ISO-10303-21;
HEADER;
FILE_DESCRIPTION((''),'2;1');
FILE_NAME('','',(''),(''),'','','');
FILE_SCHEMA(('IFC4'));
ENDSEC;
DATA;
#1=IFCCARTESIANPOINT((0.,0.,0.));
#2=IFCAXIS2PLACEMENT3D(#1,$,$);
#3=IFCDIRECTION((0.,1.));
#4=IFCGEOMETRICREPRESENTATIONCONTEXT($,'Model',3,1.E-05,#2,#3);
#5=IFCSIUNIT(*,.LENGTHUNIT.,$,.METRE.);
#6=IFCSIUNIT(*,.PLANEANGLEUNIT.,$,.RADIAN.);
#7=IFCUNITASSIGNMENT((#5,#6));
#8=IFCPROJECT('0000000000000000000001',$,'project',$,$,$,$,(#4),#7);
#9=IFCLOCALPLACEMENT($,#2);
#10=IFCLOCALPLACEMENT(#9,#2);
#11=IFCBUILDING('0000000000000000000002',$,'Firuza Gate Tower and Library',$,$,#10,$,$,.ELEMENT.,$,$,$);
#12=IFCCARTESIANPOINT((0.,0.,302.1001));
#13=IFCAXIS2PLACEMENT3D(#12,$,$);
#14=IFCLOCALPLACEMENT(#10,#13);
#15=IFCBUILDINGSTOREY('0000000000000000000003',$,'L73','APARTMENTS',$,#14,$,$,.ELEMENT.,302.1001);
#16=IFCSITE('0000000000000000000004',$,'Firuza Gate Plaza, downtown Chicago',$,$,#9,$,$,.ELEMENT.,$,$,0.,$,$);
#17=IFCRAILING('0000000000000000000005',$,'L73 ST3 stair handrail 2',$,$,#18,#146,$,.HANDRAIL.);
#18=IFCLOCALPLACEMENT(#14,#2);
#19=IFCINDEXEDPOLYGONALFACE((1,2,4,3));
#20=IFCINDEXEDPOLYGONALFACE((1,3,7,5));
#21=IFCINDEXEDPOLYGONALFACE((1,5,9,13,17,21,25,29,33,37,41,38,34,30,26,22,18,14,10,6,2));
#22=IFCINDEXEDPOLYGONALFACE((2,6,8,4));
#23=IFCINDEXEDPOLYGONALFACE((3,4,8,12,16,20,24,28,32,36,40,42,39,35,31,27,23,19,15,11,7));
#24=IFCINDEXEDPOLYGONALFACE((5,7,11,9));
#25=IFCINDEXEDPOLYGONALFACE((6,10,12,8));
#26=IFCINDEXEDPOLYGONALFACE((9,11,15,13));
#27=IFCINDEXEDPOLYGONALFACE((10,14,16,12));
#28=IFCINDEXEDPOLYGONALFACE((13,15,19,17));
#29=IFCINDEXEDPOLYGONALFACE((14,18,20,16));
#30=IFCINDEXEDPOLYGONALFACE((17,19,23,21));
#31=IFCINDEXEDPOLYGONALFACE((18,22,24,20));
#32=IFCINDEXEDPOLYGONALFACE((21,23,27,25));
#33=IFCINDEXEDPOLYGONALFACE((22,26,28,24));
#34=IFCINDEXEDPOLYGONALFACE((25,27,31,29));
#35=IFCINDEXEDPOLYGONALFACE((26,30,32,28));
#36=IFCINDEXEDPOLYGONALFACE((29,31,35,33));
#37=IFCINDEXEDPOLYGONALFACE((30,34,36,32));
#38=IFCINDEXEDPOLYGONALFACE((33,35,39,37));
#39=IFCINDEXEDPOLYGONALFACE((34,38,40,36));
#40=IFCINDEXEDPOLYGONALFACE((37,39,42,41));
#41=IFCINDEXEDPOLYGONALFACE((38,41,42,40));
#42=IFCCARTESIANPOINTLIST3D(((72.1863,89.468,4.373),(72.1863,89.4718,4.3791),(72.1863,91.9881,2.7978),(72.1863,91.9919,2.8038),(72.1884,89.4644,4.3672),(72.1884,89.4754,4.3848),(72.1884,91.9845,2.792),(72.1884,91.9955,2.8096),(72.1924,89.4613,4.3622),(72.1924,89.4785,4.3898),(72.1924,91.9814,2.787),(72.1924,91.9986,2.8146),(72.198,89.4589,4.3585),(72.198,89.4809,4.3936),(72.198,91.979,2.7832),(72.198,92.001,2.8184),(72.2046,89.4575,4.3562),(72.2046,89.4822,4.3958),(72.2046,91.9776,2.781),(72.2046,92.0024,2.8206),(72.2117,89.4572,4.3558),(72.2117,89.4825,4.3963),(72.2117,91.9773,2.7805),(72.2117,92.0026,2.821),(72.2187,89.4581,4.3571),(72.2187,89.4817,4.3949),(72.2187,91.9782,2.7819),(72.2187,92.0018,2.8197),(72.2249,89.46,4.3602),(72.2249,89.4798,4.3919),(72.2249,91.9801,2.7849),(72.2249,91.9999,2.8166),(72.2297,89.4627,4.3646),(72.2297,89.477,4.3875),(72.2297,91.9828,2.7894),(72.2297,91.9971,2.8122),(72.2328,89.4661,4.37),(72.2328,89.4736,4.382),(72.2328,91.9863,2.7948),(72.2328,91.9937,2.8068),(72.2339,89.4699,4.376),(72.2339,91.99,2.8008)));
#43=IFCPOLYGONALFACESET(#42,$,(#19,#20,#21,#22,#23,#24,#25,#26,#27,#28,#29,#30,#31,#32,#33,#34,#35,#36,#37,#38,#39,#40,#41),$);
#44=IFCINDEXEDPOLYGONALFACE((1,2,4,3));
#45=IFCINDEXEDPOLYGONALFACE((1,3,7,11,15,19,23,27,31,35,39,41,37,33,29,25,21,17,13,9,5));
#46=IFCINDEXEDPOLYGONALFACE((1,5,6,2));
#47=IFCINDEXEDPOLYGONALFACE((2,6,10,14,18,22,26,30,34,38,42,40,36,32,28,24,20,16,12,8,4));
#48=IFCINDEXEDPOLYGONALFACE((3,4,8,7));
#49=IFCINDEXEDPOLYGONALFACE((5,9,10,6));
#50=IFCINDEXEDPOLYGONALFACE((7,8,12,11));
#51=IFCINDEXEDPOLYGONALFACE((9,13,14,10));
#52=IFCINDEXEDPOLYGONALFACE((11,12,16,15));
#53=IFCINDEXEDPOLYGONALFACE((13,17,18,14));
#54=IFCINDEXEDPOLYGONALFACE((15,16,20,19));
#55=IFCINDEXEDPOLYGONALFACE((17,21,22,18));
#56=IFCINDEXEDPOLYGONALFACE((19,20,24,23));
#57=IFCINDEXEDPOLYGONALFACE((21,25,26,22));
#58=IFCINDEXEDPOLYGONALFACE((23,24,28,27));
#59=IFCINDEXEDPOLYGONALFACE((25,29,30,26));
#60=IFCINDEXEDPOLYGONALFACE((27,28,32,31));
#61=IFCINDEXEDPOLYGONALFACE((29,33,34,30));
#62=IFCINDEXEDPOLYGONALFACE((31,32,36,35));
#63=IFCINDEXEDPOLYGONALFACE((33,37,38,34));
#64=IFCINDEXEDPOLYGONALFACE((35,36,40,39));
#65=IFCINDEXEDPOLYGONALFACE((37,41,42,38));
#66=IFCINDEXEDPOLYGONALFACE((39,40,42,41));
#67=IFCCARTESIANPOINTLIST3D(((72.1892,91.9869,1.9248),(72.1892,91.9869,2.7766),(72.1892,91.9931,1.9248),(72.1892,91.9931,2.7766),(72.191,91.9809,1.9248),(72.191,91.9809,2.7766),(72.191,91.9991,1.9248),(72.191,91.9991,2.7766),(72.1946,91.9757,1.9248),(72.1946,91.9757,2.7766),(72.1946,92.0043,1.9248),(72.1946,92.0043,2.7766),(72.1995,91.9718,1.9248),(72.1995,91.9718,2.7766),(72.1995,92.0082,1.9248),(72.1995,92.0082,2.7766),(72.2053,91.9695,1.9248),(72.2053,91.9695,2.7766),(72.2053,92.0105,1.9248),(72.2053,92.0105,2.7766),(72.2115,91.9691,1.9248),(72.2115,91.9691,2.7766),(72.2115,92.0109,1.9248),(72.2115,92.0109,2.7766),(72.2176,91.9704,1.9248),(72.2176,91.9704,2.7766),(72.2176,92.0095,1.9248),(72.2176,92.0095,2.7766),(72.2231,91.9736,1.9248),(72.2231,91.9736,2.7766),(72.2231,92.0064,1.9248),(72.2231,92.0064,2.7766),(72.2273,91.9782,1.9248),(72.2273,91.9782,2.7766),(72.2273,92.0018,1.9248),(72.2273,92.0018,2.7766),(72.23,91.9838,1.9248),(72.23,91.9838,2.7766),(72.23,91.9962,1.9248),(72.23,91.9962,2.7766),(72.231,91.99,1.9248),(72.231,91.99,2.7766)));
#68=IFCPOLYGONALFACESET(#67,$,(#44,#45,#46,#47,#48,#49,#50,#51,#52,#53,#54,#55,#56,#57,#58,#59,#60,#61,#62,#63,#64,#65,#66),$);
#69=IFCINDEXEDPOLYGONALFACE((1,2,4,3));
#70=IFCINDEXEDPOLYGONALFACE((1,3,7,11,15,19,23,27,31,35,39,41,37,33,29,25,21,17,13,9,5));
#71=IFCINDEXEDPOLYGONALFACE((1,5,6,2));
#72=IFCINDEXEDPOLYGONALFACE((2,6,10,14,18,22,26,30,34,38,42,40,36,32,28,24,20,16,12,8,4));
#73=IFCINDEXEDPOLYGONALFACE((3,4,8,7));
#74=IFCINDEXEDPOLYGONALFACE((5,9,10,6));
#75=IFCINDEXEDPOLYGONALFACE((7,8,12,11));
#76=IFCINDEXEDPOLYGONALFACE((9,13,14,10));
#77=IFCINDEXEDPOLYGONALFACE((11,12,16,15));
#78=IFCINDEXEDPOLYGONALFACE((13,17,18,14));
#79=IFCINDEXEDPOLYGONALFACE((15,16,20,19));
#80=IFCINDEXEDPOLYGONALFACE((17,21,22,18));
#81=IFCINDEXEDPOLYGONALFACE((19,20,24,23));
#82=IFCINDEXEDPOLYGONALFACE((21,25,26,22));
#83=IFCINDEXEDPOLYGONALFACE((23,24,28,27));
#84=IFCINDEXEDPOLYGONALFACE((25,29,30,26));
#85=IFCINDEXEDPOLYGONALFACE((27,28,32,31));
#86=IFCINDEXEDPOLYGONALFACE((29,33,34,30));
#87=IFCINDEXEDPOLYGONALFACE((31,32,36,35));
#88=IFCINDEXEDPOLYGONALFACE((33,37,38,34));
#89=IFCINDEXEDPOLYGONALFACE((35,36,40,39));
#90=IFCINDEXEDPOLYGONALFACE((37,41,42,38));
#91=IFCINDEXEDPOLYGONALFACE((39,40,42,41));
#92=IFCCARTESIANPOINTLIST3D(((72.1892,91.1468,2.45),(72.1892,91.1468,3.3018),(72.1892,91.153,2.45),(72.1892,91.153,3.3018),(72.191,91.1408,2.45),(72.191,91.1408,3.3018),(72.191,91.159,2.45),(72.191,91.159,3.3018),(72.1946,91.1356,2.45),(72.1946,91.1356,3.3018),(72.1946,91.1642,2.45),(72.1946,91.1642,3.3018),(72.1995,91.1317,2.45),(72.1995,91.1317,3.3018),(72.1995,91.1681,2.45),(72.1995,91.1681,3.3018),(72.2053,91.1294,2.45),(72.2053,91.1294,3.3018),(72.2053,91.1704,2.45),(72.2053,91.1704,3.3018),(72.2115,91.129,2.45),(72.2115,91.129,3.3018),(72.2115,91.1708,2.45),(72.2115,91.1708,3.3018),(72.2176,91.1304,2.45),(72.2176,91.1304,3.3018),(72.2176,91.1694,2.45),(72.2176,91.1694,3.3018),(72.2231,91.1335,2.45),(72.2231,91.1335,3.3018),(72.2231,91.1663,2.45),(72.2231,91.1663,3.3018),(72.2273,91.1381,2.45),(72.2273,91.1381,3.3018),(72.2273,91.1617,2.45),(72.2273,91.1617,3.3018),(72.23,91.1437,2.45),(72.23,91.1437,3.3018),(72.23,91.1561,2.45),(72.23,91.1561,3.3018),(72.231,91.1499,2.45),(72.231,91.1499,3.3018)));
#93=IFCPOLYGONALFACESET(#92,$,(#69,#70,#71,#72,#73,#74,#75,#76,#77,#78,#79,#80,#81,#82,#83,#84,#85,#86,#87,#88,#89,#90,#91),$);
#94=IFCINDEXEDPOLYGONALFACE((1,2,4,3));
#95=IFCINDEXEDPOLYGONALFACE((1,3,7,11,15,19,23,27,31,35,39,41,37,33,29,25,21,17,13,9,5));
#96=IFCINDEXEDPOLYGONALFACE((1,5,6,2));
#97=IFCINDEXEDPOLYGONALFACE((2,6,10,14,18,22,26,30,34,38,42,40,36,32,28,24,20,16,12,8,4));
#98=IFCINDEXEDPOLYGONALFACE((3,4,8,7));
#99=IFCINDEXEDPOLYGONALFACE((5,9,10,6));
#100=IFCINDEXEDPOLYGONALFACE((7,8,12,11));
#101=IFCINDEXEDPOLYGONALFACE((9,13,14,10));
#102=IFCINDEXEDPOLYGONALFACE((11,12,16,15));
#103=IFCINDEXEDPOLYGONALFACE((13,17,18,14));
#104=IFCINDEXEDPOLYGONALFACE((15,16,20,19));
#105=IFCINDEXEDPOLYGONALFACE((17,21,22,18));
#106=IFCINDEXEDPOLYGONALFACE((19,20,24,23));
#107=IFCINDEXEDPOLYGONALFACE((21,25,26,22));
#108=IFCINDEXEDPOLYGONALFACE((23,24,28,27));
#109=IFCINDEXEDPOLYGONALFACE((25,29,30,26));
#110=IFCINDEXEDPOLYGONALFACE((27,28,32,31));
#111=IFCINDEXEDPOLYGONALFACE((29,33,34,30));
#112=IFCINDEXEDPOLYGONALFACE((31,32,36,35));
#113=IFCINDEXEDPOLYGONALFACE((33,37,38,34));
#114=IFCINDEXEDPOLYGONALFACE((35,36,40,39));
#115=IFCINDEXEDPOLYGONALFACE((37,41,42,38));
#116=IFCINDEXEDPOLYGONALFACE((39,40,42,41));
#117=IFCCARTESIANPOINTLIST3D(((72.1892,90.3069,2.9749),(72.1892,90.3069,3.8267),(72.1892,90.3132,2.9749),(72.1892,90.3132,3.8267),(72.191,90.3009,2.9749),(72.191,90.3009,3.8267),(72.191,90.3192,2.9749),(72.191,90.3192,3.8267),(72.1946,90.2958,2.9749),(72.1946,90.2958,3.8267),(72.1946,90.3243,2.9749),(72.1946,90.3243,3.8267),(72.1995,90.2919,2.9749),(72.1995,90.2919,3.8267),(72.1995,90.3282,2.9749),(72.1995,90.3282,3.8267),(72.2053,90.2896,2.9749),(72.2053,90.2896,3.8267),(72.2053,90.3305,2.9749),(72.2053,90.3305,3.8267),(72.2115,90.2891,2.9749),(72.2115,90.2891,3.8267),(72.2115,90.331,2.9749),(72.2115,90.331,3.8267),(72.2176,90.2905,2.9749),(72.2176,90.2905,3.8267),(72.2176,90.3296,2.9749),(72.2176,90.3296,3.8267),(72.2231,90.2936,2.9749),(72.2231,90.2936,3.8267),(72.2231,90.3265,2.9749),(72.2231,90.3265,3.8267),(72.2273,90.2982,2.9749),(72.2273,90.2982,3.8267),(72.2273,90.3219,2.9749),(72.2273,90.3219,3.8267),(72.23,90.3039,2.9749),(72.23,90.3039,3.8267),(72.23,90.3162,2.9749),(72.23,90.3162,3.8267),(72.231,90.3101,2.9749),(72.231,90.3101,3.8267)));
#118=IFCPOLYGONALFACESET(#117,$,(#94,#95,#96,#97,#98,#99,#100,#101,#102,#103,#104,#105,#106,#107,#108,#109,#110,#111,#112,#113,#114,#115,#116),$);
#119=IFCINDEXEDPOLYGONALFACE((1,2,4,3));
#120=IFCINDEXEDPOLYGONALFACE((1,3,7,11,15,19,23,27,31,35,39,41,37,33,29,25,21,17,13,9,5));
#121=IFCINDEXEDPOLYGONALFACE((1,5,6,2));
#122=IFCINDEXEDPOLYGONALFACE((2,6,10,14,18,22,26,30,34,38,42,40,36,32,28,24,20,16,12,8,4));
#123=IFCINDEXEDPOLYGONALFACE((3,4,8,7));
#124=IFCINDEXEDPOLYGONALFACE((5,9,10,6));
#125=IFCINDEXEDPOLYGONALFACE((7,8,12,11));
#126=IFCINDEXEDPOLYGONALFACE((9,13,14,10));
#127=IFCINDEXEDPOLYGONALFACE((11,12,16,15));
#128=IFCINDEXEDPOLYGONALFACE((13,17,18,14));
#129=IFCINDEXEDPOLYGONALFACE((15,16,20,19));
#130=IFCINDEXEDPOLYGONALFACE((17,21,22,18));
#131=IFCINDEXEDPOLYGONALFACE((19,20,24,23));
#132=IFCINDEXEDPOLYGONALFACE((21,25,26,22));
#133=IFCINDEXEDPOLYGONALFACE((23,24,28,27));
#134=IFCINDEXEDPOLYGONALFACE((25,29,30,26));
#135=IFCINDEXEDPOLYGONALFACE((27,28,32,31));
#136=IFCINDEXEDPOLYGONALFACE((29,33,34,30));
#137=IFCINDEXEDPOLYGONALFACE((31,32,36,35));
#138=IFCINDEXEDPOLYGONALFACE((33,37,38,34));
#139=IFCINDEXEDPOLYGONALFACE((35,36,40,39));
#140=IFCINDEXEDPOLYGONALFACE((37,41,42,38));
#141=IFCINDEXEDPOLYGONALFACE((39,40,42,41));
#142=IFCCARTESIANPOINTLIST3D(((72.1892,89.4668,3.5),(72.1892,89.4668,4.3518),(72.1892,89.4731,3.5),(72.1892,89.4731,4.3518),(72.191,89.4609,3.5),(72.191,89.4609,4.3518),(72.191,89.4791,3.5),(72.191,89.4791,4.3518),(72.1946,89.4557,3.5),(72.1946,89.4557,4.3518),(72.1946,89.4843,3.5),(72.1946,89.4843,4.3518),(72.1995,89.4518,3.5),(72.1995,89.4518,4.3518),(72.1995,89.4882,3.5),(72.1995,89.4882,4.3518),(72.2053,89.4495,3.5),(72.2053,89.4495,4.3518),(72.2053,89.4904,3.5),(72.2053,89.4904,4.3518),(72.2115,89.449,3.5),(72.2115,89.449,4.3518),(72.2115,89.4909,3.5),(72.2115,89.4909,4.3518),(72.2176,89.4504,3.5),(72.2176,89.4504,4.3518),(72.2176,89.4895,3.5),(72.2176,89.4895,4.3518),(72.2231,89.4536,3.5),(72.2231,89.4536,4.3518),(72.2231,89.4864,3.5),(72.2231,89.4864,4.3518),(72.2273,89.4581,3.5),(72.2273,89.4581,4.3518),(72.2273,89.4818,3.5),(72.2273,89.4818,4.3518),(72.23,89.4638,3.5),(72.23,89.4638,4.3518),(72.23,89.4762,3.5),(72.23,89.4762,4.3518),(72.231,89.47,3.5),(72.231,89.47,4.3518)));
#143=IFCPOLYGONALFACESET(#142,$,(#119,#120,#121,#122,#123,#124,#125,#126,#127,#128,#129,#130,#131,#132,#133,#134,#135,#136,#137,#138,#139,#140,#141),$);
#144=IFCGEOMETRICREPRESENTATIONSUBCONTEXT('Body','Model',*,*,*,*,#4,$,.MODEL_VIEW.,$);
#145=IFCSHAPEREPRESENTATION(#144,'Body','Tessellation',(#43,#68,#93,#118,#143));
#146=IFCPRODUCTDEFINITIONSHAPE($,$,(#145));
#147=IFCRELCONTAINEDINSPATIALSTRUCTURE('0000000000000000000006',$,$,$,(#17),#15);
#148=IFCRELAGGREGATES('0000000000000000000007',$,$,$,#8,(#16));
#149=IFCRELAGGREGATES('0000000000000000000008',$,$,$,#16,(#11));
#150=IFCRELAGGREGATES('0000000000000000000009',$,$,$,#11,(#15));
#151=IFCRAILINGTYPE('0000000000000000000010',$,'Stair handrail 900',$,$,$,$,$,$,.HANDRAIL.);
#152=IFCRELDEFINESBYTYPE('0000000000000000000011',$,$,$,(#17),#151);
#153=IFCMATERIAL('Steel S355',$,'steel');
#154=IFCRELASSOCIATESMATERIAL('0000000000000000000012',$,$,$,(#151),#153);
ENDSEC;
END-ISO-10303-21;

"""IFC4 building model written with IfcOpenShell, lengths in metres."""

from ifc_helpers import new_model, si_unit, direction, frame, origin, origin_2d, place, context, subcontext, project, spatial, circle, extrude, material, type_object, element, save


model = new_model("IFC4")

# Units and contexts
model_context = context("Model", 3, precision=1e-05, world=origin(), true_north=direction((0.0, 1.0)))
body_context = subcontext(model_context, "Body", "Model", "MODEL_VIEW")
ifc_project = project(units=[si_unit("LENGTHUNIT", "METRE"), si_unit("PLANEANGLEUNIT", "RADIAN")], contexts=[model_context])

# Site, building, storey
site_placement = place(None, origin())
site = spatial("IfcSite", under=ifc_project, at=site_placement, Name="Firuza Gate Plaza, downtown Chicago", CompositionType="ELEMENT", RefElevation=0.0)
building_placement = place(site_placement, origin())
building = spatial("IfcBuilding", under=site, at=building_placement, Name="Firuza Gate Tower and Library", CompositionType="ELEMENT")
storey_placement = place(building_placement, frame((0.0, 0.0, 302.1001)))
storey = spatial("IfcBuildingStorey", under=building, at=storey_placement, Name="L73", Description="APARTMENTS", CompositionType="ELEMENT", Elevation=302.1001)

# Railing
ifc_material_1 = material(Name="Steel S355", Category="steel")
railing_type = type_object("IfcRailingType", Name="Stair handrail 900", PredefinedType="HANDRAIL", material=ifc_material_1)
railing_placement = place(storey_placement, frame((72.21, 91.99, 1.9248)))
element("IfcRailing", 1, at=railing_placement, inside=storey, type_object=railing_type, Name="L73 ST3 stair handrail 2", PredefinedType="HANDRAIL", context=body_context, shape_type="SweptSolid", body=[
    extrude(circle(Radius=0.0239, at=origin_2d()), frame((0.0, 0.0, 0.876), z_axis=(0.0, -0.847971, 0.530043), x_axis=(1.0, 0.0, 0.0)), (0.0, 0.0, 1.0), 2.9719),
    extrude(circle(Radius=0.021, at=origin_2d()), origin(), (0.0, 0.0, 1.0), 0.8518),
    extrude(circle(Radius=0.021, at=origin_2d()), frame((0.0, -0.8401, 0.5251)), (0.0, 0.0, 1.0), 0.8518),
    extrude(circle(Radius=0.021, at=origin_2d()), frame((0.0, -1.6799, 1.05)), (0.0, 0.0, 1.0), 0.8518),
    extrude(circle(Radius=0.021, at=origin_2d()), frame((0.0, -2.52, 1.5752)), (0.0, 0.0, 1.0), 0.8518),
])

save(model, "model.ifc")
